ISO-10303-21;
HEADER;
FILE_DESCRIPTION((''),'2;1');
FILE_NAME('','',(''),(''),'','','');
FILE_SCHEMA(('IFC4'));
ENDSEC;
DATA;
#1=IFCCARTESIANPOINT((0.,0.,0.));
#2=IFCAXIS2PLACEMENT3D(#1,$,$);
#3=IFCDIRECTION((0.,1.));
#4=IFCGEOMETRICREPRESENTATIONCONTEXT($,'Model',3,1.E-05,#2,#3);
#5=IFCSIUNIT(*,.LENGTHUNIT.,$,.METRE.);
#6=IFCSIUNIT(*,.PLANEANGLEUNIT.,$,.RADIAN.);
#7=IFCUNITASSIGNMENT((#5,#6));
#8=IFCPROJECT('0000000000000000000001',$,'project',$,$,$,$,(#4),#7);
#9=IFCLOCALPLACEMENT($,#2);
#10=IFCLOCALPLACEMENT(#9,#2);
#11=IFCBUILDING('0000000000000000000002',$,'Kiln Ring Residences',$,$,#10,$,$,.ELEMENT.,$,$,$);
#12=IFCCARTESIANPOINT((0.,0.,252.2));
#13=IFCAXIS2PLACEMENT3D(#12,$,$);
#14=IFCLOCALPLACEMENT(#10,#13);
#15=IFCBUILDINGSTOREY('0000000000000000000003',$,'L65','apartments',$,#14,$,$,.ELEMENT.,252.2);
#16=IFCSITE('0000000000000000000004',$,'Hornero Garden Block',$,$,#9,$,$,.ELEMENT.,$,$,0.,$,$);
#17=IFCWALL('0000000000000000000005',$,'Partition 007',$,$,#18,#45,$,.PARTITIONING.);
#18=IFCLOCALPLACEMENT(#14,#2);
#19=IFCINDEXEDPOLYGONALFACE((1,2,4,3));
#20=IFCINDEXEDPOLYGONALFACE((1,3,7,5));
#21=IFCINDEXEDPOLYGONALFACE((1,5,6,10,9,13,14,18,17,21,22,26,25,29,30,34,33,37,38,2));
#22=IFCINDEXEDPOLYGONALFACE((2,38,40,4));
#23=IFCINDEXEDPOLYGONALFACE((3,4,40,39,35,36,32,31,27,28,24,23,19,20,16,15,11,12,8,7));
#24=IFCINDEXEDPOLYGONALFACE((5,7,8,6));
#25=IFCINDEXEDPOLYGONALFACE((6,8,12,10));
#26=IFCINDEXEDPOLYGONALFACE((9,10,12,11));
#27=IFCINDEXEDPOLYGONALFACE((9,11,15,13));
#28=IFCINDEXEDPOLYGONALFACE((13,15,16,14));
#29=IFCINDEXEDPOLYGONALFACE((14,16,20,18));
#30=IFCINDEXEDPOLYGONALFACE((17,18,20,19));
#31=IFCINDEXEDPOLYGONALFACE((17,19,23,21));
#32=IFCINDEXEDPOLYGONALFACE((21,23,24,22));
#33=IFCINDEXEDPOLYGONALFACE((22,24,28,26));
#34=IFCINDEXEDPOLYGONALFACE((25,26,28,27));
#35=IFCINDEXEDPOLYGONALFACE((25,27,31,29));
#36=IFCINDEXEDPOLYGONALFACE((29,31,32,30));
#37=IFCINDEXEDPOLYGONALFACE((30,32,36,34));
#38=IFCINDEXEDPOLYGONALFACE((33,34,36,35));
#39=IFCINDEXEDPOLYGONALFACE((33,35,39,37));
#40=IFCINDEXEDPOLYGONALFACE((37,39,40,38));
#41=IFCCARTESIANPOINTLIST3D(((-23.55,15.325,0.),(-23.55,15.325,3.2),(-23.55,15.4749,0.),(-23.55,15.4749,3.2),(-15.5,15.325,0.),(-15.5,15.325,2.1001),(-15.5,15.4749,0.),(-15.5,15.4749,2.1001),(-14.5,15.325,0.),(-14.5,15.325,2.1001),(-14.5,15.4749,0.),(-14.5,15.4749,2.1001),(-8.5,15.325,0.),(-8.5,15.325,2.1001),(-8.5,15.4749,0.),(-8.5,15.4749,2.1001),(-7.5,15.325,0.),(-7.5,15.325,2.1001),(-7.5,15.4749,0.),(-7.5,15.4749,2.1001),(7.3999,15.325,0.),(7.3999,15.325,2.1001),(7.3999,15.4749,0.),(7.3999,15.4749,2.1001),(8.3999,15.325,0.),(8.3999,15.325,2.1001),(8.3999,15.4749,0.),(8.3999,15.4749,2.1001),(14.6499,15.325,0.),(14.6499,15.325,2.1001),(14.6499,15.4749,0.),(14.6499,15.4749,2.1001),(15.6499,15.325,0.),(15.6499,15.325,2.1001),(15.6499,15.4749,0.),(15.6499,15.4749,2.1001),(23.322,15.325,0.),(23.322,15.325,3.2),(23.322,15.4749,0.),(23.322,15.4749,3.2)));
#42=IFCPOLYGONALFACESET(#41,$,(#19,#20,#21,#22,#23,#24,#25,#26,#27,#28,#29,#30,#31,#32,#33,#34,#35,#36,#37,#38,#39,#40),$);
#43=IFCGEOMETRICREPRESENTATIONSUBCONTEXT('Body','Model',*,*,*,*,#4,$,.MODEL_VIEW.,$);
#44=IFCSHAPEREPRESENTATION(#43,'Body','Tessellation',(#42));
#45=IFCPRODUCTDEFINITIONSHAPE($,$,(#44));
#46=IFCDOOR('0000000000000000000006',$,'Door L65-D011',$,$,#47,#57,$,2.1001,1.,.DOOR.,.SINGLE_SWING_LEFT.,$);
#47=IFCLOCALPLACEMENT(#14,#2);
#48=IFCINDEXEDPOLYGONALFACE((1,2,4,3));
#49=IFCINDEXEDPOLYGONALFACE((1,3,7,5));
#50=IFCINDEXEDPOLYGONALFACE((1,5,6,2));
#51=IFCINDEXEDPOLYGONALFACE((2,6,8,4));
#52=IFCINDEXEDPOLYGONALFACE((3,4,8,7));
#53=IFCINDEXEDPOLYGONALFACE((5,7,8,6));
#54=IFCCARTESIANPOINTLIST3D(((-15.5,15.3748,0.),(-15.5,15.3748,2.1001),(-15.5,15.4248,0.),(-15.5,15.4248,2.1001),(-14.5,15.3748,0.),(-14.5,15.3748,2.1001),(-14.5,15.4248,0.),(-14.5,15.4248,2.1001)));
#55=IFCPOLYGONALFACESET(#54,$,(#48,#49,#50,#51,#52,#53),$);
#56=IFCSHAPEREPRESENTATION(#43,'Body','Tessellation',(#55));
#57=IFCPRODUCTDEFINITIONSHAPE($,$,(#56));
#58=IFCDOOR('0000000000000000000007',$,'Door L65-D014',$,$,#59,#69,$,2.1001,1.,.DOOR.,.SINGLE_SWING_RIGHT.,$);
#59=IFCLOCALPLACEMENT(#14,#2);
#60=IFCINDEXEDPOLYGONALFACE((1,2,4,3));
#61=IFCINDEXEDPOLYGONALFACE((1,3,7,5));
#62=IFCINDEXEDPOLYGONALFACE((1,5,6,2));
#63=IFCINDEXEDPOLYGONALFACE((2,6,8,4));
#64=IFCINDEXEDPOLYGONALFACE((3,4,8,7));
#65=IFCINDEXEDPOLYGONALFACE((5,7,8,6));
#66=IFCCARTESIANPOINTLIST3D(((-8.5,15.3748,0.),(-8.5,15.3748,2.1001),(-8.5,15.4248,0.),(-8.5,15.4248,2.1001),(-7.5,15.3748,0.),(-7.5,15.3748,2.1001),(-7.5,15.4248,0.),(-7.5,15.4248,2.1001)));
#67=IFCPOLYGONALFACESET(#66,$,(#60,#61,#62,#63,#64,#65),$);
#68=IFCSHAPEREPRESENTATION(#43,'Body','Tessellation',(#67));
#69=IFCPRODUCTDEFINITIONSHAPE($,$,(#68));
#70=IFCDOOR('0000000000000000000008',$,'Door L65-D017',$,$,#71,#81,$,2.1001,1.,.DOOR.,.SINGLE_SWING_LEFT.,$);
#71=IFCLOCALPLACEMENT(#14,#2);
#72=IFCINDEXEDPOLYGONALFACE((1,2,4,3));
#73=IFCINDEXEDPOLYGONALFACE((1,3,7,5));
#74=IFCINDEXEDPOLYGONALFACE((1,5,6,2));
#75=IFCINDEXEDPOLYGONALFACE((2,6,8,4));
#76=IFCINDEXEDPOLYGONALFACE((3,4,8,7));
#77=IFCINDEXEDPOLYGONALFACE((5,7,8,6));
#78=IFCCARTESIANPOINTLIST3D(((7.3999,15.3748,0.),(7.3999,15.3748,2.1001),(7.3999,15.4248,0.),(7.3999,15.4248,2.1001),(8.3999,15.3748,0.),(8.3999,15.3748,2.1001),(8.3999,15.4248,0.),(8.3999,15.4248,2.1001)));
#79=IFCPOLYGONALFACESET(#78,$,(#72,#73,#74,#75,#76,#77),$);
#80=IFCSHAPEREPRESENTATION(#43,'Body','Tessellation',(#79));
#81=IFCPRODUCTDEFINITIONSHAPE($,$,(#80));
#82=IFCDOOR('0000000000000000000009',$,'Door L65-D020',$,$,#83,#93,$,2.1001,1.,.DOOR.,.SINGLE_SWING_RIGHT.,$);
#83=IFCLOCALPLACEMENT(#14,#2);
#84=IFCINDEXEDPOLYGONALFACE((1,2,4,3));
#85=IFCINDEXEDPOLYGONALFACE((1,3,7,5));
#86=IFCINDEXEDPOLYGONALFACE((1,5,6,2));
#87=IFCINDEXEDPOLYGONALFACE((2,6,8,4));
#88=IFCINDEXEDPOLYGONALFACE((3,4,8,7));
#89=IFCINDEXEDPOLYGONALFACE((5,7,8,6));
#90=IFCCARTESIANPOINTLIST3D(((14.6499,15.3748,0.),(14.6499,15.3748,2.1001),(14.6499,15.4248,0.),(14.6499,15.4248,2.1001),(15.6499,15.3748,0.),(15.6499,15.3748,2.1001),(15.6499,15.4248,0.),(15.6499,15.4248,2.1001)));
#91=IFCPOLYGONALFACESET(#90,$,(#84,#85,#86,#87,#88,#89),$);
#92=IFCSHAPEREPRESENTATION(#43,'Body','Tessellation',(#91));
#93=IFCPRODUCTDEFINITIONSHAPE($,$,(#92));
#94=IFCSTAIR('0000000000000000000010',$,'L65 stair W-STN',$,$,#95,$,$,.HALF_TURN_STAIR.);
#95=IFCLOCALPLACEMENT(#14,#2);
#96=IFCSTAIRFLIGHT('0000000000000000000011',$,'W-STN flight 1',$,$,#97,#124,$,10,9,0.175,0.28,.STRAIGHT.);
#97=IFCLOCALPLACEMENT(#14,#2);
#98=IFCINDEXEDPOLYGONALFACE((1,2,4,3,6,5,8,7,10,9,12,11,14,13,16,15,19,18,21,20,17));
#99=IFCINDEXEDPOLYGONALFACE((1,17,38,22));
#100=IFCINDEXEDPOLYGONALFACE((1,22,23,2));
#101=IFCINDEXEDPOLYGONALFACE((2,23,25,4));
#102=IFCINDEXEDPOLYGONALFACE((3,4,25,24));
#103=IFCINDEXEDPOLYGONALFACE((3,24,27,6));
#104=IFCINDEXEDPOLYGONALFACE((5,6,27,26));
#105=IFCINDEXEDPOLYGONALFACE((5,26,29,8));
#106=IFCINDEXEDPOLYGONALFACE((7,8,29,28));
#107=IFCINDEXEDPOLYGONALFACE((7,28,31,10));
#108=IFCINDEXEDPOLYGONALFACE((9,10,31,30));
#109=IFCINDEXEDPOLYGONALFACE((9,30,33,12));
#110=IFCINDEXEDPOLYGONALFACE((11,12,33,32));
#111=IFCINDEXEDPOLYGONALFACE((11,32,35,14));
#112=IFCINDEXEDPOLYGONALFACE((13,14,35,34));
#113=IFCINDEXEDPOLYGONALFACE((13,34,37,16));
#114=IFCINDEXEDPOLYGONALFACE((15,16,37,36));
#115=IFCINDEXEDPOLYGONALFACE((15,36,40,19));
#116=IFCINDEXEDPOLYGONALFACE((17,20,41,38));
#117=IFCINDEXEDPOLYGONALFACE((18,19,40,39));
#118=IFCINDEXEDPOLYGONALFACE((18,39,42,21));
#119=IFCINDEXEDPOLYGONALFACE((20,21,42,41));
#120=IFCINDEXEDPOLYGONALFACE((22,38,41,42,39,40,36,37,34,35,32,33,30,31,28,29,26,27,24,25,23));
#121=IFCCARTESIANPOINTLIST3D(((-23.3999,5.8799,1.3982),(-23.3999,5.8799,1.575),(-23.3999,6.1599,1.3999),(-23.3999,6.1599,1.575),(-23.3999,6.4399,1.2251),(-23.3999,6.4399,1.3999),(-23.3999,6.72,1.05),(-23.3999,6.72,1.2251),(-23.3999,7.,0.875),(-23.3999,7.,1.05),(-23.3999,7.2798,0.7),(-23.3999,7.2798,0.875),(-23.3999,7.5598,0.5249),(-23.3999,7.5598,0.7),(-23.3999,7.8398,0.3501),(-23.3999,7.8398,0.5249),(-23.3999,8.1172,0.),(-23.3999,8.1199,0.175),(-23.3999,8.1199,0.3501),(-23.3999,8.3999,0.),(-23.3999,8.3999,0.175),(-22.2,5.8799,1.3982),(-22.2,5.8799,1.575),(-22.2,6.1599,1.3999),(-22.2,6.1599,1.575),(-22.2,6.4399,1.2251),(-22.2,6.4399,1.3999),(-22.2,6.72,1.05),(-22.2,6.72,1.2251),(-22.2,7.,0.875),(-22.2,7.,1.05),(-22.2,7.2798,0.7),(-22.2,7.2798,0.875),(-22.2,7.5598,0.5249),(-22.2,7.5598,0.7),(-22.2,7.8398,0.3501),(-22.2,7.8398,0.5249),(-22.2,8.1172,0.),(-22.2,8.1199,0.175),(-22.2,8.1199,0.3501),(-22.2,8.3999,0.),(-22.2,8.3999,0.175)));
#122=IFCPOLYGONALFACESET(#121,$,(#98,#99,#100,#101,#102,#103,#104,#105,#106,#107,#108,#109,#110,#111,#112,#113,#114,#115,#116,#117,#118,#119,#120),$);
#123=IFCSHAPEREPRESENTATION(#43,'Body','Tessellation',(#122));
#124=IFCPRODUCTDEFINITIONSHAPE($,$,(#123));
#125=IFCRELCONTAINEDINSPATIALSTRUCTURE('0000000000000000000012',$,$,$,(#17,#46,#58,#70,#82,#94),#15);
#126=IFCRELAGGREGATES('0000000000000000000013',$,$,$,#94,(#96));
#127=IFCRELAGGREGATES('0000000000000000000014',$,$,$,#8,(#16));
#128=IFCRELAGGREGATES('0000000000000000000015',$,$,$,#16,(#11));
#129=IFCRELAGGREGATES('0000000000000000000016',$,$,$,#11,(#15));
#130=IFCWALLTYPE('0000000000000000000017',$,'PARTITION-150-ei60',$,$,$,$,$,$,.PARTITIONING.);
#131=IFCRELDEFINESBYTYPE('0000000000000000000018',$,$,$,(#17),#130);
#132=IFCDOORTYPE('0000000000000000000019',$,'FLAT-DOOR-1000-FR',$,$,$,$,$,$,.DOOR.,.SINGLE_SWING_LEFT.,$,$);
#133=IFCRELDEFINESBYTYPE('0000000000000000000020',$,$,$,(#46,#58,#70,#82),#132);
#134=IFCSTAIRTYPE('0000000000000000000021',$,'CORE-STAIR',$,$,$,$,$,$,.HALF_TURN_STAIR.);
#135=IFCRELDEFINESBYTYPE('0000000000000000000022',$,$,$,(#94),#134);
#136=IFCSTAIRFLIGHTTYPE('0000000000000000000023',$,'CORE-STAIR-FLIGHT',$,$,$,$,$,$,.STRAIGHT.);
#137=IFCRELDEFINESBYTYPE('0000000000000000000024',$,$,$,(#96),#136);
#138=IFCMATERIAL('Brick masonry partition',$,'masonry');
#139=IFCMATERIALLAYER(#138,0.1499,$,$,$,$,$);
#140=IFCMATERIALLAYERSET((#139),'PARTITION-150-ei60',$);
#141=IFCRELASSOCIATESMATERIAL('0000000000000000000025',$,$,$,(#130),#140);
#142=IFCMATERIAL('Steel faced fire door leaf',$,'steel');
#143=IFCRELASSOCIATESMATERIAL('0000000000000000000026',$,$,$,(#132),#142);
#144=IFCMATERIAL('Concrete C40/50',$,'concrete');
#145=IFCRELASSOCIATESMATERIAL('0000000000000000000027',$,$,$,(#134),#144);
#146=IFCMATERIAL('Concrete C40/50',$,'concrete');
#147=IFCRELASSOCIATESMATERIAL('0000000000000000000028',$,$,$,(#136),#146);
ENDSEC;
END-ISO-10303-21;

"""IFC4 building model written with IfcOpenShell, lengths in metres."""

from ifc_helpers import new_model, si_unit, direction, frame, frame_2d, origin, place, context, subcontext, project, spatial, polyline, rectangle, outline, extrude, material, layer, layer_set, type_object, element, fill, aggregate, save


model = new_model("IFC4")

# Units and contexts
model_context = context("Model", 3, precision=1e-05, world=origin(), true_north=direction((0.0, 1.0)))
body_context = subcontext(model_context, "Body", "Model", "MODEL_VIEW")
ifc_project = project(units=[si_unit("LENGTHUNIT", "METRE"), si_unit("PLANEANGLEUNIT", "RADIAN")], contexts=[model_context])

# Site, building, storey
site_placement = place(None, origin())
site = spatial("IfcSite", under=ifc_project, at=site_placement, Name="Hornero Garden Block", CompositionType="ELEMENT", RefElevation=0.0)
building_placement = place(site_placement, origin())
building = spatial("IfcBuilding", under=site, at=building_placement, Name="Kiln Ring Residences", CompositionType="ELEMENT")
storey_placement = place(building_placement, frame((0.0, 0.0, 252.2)))
storey = spatial("IfcBuildingStorey", under=building, at=storey_placement, Name="L65", Description="apartments", CompositionType="ELEMENT", Elevation=252.2)

# Wall, openings, doors
ifc_material_1 = material(Name="Brick masonry partition", Category="masonry")
ifc_layer_1 = layer(ifc_material_1, 0.1499)
ifc_layer_set_1 = layer_set([ifc_layer_1], Name="PARTITION-150-ei60")
wall_type_1 = type_object("IfcWallType", Name="PARTITION-150-ei60", PredefinedType="PARTITIONING", material=ifc_layer_set_1)
wall_1_placement = place(storey_placement, frame((-23.55, 15.3999, 0.0), z_axis=(0.0, 0.0, 1.0), x_axis=(1.0, 0.0, 0.0)))
wall_1 = element("IfcWall", 1, at=wall_1_placement, inside=storey, type_object=wall_type_1, Name="Partition 007", PredefinedType="PARTITIONING", context=body_context, shape_type="SweptSolid", body=[
    extrude(rectangle(XDim=46.8721, YDim=0.1499, at=frame_2d((23.436, 0.0))), origin(), (0.0, 0.0, 1.0), 3.2),
])
opening_1_placement = place(wall_1_placement, frame((8.05, 0.0, 0.0)))
opening_1 = element("IfcOpeningElement", 2, at=opening_1_placement, cuts=wall_1, PredefinedType="OPENING", context=body_context, shape_type="SweptSolid", body=[
    extrude(rectangle(XDim=1.0, YDim=2.1001, at=frame_2d((0.5, 1.05))), frame((0.0, 0.085, 0.0), z_axis=(0.0, -1.0, 0.0), x_axis=(1.0, 0.0, 0.0)), (0.0, 0.0, 1.0), 0.1699),
])
opening_2_placement = place(wall_1_placement, frame((15.05, 0.0, 0.0)))
opening_2 = element("IfcOpeningElement", 3, at=opening_2_placement, cuts=wall_1, PredefinedType="OPENING", context=body_context, shape_type="SweptSolid", body=[
    extrude(rectangle(XDim=1.0, YDim=2.1001, at=frame_2d((0.5, 1.05))), frame((0.0, 0.085, 0.0), z_axis=(0.0, -1.0, 0.0), x_axis=(1.0, 0.0, 0.0)), (0.0, 0.0, 1.0), 0.1699),
])
opening_3_placement = place(wall_1_placement, frame((30.95, 0.0, 0.0)))
opening_3 = element("IfcOpeningElement", 4, at=opening_3_placement, cuts=wall_1, PredefinedType="OPENING", context=body_context, shape_type="SweptSolid", body=[
    extrude(rectangle(XDim=1.0, YDim=2.1001, at=frame_2d((0.5, 1.05))), frame((0.0, 0.085, 0.0), z_axis=(0.0, -1.0, 0.0), x_axis=(1.0, 0.0, 0.0)), (0.0, 0.0, 1.0), 0.1699),
])
opening_4_placement = place(wall_1_placement, frame((38.2, 0.0, 0.0)))
opening_4 = element("IfcOpeningElement", 5, at=opening_4_placement, cuts=wall_1, PredefinedType="OPENING", context=body_context, shape_type="SweptSolid", body=[
    extrude(rectangle(XDim=1.0, YDim=2.1001, at=frame_2d((0.5, 1.05))), frame((0.0, 0.085, 0.0), z_axis=(0.0, -1.0, 0.0), x_axis=(1.0, 0.0, 0.0)), (0.0, 0.0, 1.0), 0.1699),
])
ifc_material_2 = material(Name="Steel faced fire door leaf", Category="steel")
door_type = type_object("IfcDoorType", Name="FLAT-DOOR-1000-FR", OperationType="SINGLE_SWING_LEFT", PredefinedType="DOOR", material=ifc_material_2)
door_1_placement = place(opening_1_placement, origin())
door_1 = element("IfcDoor", 6, at=door_1_placement, inside=storey, type_object=door_type, Name="Door L65-D011", OperationType="SINGLE_SWING_LEFT", OverallHeight=2.1001, OverallWidth=1.0, PredefinedType="DOOR", context=body_context, shape_type="SweptSolid", body=[
    extrude(rectangle(XDim=1.0, YDim=2.1001, at=frame_2d((0.5, 1.05))), frame((0.0, 0.0249, 0.0), z_axis=(0.0, -1.0, 0.0), x_axis=(1.0, 0.0, 0.0)), (0.0, 0.0, 1.0), 0.05),
])
fill(opening_1, door_1)
door_2_placement = place(opening_2_placement, origin())
door_2 = element("IfcDoor", 7, at=door_2_placement, inside=storey, type_object=door_type, Name="Door L65-D014", OperationType="SINGLE_SWING_RIGHT", OverallHeight=2.1001, OverallWidth=1.0, PredefinedType="DOOR", context=body_context, shape_type="SweptSolid", body=[
    extrude(rectangle(XDim=1.0, YDim=2.1001, at=frame_2d((0.5, 1.05))), frame((0.0, 0.0249, 0.0), z_axis=(0.0, -1.0, 0.0), x_axis=(1.0, 0.0, 0.0)), (0.0, 0.0, 1.0), 0.05),
])
fill(opening_2, door_2)
door_3_placement = place(opening_3_placement, origin())
door_3 = element("IfcDoor", 8, at=door_3_placement, inside=storey, type_object=door_type, Name="Door L65-D017", OperationType="SINGLE_SWING_LEFT", OverallHeight=2.1001, OverallWidth=1.0, PredefinedType="DOOR", context=body_context, shape_type="SweptSolid", body=[
    extrude(rectangle(XDim=1.0, YDim=2.1001, at=frame_2d((0.5, 1.05))), frame((0.0, 0.0249, 0.0), z_axis=(0.0, -1.0, 0.0), x_axis=(1.0, 0.0, 0.0)), (0.0, 0.0, 1.0), 0.05),
])
fill(opening_3, door_3)
door_4_placement = place(opening_4_placement, origin())
door_4 = element("IfcDoor", 9, at=door_4_placement, inside=storey, type_object=door_type, Name="Door L65-D020", OperationType="SINGLE_SWING_RIGHT", OverallHeight=2.1001, OverallWidth=1.0, PredefinedType="DOOR", context=body_context, shape_type="SweptSolid", body=[
    extrude(rectangle(XDim=1.0, YDim=2.1001, at=frame_2d((0.5, 1.05))), frame((0.0, 0.0249, 0.0), z_axis=(0.0, -1.0, 0.0), x_axis=(1.0, 0.0, 0.0)), (0.0, 0.0, 1.0), 0.05),
])
fill(opening_4, door_4)

# Stair, stair flight
ifc_material_3 = material(Name="Concrete C40/50", Category="concrete")
stair_type = type_object("IfcStairType", Name="CORE-STAIR", PredefinedType="HALF_TURN_STAIR", material=ifc_material_3)
stair_placement = place(storey_placement, origin())
stair = element("IfcStair", 10, at=stair_placement, inside=storey, type_object=stair_type, Name="L65 stair W-STN", PredefinedType="HALF_TURN_STAIR")
ifc_material_4 = material(Name="Concrete C40/50", Category="concrete")
stair_flight_type = type_object("IfcStairFlightType", Name="CORE-STAIR-FLIGHT", PredefinedType="STRAIGHT", material=ifc_material_4)
stair_flight_placement = place(storey_placement, frame((-22.8, 8.3999, 0.0), z_axis=(0.0, 0.0, 1.0), x_axis=(0.0, -1.0, 0.0)))
stair_flight = element("IfcStairFlight", 11, at=stair_flight_placement, type_object=stair_flight_type, Name="W-STN flight 1", NumberOfRisers=10, NumberOfTreads=9, PredefinedType="STRAIGHT", RiserHeight=0.175, TreadLength=0.28, context=body_context, shape_type="SweptSolid", body=[
    extrude(outline(polyline([(0.0, 0.0), (0.0, 0.175), (0.28, 0.175), (0.28, 0.3501), (0.5601, 0.3501), (0.5601, 0.5249), (0.8401, 0.5249), (0.8401, 0.7), (1.1201, 0.7), (1.1201, 0.875), (1.3999, 0.875), (1.3999, 1.05), (1.6799, 1.05), (1.6799, 1.2251), (1.96, 1.2251), (1.96, 1.3999), (2.24, 1.3999), (2.24, 1.575), (2.52, 1.575), (2.52, 1.75), (2.52, 1.3982), (0.2827, 0.0), (0.0, 0.0)])), frame((0.0, 0.6001, 0.0), z_axis=(0.0, -1.0, 0.0), x_axis=(1.0, 0.0, 0.0)), (0.0, 0.0, 1.0), 1.2),
])
aggregate(stair, [stair_flight])

save(model, "model.ifc")
